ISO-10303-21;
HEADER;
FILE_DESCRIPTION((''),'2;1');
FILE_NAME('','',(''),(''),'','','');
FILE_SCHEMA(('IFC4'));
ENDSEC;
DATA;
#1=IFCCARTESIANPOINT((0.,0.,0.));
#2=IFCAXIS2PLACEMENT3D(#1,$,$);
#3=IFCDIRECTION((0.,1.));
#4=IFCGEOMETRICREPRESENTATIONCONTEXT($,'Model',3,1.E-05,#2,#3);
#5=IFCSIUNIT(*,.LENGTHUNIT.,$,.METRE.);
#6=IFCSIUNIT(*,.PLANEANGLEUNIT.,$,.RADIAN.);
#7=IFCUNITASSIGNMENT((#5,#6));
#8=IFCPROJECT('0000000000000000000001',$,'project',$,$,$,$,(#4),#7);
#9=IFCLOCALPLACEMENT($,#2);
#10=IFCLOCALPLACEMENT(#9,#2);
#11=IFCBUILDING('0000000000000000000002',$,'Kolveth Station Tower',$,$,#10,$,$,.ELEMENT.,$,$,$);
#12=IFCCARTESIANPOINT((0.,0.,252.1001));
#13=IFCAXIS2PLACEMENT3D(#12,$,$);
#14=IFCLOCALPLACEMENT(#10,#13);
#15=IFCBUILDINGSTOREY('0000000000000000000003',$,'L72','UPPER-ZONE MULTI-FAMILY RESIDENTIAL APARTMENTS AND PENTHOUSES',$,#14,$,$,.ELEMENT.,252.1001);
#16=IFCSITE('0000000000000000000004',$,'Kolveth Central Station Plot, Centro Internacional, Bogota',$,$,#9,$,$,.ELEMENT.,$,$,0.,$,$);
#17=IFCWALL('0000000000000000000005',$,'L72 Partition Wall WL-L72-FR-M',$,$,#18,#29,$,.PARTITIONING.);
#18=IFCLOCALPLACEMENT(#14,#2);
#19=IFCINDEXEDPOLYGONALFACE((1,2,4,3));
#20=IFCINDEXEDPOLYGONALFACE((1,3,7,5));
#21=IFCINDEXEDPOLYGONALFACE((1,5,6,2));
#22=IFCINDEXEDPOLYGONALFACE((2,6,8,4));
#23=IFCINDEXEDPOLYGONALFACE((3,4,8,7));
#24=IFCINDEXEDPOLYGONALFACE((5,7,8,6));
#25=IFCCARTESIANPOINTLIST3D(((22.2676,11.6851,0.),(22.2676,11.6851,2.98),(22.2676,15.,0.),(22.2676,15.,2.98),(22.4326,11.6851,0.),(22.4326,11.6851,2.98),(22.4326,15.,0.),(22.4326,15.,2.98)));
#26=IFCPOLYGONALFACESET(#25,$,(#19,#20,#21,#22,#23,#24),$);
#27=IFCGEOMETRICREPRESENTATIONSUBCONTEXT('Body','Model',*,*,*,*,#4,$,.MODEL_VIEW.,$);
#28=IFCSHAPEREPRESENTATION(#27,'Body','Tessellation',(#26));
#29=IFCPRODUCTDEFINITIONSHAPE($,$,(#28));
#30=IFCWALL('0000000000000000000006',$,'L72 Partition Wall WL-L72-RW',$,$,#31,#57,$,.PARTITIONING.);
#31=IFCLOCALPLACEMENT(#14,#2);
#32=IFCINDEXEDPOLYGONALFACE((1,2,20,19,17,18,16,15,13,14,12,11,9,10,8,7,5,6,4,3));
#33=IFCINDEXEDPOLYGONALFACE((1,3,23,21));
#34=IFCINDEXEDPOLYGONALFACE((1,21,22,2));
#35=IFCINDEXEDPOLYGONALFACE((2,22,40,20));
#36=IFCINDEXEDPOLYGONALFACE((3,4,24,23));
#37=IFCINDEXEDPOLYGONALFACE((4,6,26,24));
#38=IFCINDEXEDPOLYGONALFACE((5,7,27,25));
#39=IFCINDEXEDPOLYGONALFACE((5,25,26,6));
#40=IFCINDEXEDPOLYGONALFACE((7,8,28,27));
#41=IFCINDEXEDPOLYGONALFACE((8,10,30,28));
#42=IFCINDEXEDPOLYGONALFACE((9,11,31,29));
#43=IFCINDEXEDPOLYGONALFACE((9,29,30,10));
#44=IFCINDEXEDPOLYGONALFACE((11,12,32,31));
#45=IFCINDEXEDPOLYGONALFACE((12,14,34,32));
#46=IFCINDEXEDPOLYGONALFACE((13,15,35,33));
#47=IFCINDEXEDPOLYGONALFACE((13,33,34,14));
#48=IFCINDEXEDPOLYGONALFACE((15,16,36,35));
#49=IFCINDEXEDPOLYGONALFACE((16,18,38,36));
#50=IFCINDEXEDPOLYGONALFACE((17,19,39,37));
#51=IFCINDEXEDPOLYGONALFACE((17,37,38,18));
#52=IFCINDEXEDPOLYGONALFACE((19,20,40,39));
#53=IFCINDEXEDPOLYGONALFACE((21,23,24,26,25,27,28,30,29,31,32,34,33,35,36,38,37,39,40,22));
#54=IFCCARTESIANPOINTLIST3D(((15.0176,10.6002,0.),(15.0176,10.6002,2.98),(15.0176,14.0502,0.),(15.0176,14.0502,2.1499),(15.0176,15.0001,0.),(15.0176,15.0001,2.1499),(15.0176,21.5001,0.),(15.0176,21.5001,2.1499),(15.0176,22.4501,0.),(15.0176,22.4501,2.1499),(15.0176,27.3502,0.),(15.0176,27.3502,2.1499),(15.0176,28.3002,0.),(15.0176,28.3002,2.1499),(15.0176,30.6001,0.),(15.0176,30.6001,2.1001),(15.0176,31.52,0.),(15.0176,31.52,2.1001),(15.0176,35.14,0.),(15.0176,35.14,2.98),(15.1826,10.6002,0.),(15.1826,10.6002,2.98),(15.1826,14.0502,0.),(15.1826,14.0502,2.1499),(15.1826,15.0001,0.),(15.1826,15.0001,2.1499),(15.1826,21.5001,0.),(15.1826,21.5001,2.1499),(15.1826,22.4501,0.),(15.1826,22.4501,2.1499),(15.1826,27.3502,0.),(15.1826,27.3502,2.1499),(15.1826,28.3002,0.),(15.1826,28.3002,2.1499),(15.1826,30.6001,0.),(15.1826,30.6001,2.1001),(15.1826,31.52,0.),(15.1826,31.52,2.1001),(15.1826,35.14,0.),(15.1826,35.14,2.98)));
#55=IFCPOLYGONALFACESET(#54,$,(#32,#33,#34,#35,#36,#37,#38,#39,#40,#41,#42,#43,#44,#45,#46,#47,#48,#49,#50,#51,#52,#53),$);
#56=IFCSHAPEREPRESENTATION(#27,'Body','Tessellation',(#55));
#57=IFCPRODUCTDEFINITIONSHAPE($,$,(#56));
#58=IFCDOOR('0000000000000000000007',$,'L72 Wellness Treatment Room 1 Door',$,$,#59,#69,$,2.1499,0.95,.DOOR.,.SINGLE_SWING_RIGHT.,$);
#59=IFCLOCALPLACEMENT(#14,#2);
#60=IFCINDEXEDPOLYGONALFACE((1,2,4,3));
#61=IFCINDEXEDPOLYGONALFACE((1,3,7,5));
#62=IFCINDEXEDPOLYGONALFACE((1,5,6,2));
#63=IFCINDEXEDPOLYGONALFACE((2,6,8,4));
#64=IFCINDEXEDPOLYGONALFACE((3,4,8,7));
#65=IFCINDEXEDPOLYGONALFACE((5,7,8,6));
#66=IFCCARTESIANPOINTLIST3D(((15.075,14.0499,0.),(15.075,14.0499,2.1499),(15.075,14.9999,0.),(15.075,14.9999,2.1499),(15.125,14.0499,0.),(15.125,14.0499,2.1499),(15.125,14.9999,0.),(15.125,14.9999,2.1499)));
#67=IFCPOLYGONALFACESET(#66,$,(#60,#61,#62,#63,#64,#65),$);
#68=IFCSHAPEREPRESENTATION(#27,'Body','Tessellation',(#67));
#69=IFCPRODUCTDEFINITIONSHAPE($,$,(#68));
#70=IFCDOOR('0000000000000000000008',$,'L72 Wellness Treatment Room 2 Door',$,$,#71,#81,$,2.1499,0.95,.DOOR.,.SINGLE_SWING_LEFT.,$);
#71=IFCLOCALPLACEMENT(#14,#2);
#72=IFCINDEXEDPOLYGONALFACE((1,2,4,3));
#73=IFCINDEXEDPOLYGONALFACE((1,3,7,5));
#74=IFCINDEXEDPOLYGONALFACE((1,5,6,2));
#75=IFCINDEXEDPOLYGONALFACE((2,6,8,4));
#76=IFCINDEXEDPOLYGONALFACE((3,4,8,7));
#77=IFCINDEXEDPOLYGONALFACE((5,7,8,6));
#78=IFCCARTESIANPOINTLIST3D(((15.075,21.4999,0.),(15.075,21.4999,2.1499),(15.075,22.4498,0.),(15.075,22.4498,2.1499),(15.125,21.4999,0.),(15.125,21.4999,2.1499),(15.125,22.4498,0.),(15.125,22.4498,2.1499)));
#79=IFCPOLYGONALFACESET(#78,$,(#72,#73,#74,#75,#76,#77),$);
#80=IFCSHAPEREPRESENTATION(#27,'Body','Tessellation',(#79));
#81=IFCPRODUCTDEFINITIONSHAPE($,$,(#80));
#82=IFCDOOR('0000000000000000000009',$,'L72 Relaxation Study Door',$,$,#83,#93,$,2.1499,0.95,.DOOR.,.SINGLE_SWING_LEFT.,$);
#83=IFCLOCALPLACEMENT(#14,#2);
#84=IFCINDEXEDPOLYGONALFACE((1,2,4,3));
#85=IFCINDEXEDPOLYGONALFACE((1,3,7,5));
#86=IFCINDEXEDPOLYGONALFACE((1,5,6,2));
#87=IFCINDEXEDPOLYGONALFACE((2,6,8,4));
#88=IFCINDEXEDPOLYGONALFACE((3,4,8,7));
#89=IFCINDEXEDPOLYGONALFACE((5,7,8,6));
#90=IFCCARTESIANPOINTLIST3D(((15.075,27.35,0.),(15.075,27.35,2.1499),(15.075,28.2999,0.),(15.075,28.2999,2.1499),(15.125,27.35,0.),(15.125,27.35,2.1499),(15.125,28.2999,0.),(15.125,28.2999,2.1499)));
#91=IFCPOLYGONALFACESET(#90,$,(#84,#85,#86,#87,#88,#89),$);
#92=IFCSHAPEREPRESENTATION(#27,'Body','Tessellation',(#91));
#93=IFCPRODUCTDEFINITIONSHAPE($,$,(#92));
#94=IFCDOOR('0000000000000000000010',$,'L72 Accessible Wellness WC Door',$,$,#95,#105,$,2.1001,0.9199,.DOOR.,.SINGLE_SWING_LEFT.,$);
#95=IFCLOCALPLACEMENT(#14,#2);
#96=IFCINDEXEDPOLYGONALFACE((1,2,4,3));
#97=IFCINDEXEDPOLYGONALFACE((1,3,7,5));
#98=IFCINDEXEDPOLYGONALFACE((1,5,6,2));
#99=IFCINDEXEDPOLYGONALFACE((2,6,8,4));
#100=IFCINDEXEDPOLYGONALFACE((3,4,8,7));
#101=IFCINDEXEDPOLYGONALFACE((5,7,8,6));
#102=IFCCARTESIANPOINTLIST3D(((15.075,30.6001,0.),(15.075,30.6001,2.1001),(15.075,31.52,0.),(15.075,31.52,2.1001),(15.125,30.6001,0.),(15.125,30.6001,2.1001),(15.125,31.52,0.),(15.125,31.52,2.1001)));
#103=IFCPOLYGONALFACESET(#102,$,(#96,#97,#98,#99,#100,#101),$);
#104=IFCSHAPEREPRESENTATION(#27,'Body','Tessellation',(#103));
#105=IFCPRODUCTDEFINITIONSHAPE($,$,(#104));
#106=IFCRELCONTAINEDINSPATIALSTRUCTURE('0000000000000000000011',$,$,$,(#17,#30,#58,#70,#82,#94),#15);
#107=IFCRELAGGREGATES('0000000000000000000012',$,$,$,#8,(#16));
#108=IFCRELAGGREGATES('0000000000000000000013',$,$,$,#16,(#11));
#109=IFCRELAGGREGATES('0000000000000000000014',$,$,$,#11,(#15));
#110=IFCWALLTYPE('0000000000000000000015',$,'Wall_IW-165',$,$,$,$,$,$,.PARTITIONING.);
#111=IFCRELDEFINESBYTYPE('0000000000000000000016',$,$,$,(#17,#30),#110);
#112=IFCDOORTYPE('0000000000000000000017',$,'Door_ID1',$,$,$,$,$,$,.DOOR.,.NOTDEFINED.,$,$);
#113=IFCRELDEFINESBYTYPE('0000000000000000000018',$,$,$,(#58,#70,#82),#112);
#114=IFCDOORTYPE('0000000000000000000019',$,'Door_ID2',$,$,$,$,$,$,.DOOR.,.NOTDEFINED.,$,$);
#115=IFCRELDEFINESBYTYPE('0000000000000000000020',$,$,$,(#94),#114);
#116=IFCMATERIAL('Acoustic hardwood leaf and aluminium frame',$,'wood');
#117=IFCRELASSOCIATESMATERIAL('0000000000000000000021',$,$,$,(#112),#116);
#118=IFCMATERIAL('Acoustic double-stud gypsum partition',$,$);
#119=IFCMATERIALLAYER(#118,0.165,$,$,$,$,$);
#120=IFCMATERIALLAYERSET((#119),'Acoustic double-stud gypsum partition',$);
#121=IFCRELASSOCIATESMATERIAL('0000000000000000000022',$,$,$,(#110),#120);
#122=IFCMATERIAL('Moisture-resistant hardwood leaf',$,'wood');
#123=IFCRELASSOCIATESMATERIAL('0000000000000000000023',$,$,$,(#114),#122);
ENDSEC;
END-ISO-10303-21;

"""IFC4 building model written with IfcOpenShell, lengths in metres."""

from ifc_helpers import new_model, si_unit, direction, frame, frame_2d, origin, place, context, subcontext, project, spatial, rectangle, extrude, material, layer, layer_set, type_object, element, fill, save


model = new_model("IFC4")

# Units and contexts
model_context = context("Model", 3, precision=1e-05, world=origin(), true_north=direction((0.0, 1.0)))
body_context = subcontext(model_context, "Body", "Model", "MODEL_VIEW")
ifc_project = project(units=[si_unit("LENGTHUNIT", "METRE"), si_unit("PLANEANGLEUNIT", "RADIAN")], contexts=[model_context])

# Site, building, storey
site_placement = place(None, origin())
site = spatial("IfcSite", under=ifc_project, at=site_placement, Name="Kolveth Central Station Plot, Centro Internacional, Bogota", CompositionType="ELEMENT", RefElevation=0.0)
building_placement = place(site_placement, origin())
building = spatial("IfcBuilding", under=site, at=building_placement, Name="Kolveth Station Tower", CompositionType="ELEMENT")
storey_placement = place(building_placement, frame((0.0, 0.0, 252.1001)))
storey = spatial("IfcBuildingStorey", under=building, at=storey_placement, Name="L72", Description="UPPER-ZONE MULTI-FAMILY RESIDENTIAL APARTMENTS AND PENTHOUSES", CompositionType="ELEMENT", Elevation=252.1001)

# Shared definitions
ifc_material_1 = material(Name="Acoustic hardwood leaf and aluminium frame", Category="wood")
door_type_1 = type_object("IfcDoorType", Name="Door_ID1", OperationType="NOTDEFINED", PredefinedType="DOOR", material=ifc_material_1)

# Wall
ifc_material_2 = material(Name="Acoustic double-stud gypsum partition")
ifc_layer_1 = layer(ifc_material_2, 0.165)
ifc_layer_set_1 = layer_set([ifc_layer_1], Name="Acoustic double-stud gypsum partition")
wall_type_1 = type_object("IfcWallType", Name="Wall_IW-165", PredefinedType="PARTITIONING", material=ifc_layer_set_1)
wall_1_placement = place(storey_placement, frame((22.3501, 11.6851, 0.0), z_axis=(0.0, 0.0, 1.0), x_axis=(0.0, 1.0, 0.0)))
element("IfcWall", 1, at=wall_1_placement, inside=storey, type_object=wall_type_1, Name="L72 Partition Wall WL-L72-FR-M", PredefinedType="PARTITIONING", context=body_context, shape_type="SweptSolid", body=[
    extrude(rectangle(XDim=3.3149, YDim=0.165, at=frame_2d((1.6575, 0.0))), origin(), (0.0, 0.0, 1.0), 2.98),
])

# Wall, openings, doors
wall_2_placement = place(storey_placement, frame((15.1001, 10.6001, 0.0), z_axis=(0.0, 0.0, 1.0), x_axis=(0.0, 1.0, 0.0)))
wall_2 = element("IfcWall", 2, at=wall_2_placement, inside=storey, type_object=wall_type_1, Name="L72 Partition Wall WL-L72-RW", PredefinedType="PARTITIONING", context=body_context, shape_type="SweptSolid", body=[
    extrude(rectangle(XDim=24.5398, YDim=0.165, at=frame_2d((12.27, 0.0))), origin(), (0.0, 0.0, 1.0), 2.98),
])
opening_1_placement = place(wall_2_placement, frame((3.45, 0.0, 0.0)))
opening_1 = element("IfcOpeningElement", 3, at=opening_1_placement, cuts=wall_2, PredefinedType="OPENING", context=body_context, shape_type="SweptSolid", body=[
    extrude(rectangle(XDim=0.95, YDim=2.1499, at=frame_2d((0.4751, 1.075))), frame((0.0, 0.0925, 0.0), z_axis=(0.0, -1.0, 0.0), x_axis=(1.0, 0.0, 0.0)), (0.0, 0.0, 1.0), 0.1851),
])
opening_2_placement = place(wall_2_placement, frame((10.8999, 0.0, 0.0)))
opening_2 = element("IfcOpeningElement", 4, at=opening_2_placement, cuts=wall_2, PredefinedType="OPENING", context=body_context, shape_type="SweptSolid", body=[
    extrude(rectangle(XDim=0.95, YDim=2.1499, at=frame_2d((0.4751, 1.075))), frame((0.0, 0.0925, 0.0), z_axis=(0.0, -1.0, 0.0), x_axis=(1.0, 0.0, 0.0)), (0.0, 0.0, 1.0), 0.1851),
])
opening_3_placement = place(wall_2_placement, frame((16.75, 0.0, 0.0)))
opening_3 = element("IfcOpeningElement", 5, at=opening_3_placement, cuts=wall_2, PredefinedType="OPENING", context=body_context, shape_type="SweptSolid", body=[
    extrude(rectangle(XDim=0.95, YDim=2.1499, at=frame_2d((0.4751, 1.075))), frame((0.0, 0.0925, 0.0), z_axis=(0.0, -1.0, 0.0), x_axis=(1.0, 0.0, 0.0)), (0.0, 0.0, 1.0), 0.1851),
])
opening_4_placement = place(wall_2_placement, frame((20.0, 0.0, 0.0)))
opening_4 = element("IfcOpeningElement", 6, at=opening_4_placement, cuts=wall_2, PredefinedType="OPENING", context=body_context, shape_type="SweptSolid", body=[
    extrude(rectangle(XDim=0.9199, YDim=2.1001, at=frame_2d((0.46, 1.05))), frame((0.0, 0.0925, 0.0), z_axis=(0.0, -1.0, 0.0), x_axis=(1.0, 0.0, 0.0)), (0.0, 0.0, 1.0), 0.1851),
])
door_1_placement = place(opening_1_placement, frame((0.95, 0.0, 0.0), z_axis=(0.0, 0.0, 1.0), x_axis=(-1.0, 0.0, 0.0)))
door_1 = element("IfcDoor", 7, at=door_1_placement, inside=storey, type_object=door_type_1, Name="L72 Wellness Treatment Room 1 Door", OperationType="SINGLE_SWING_RIGHT", OverallHeight=2.1499, OverallWidth=0.95, PredefinedType="DOOR", context=body_context, shape_type="SweptSolid", body=[
    extrude(rectangle(XDim=0.95, YDim=2.1499, at=frame_2d((0.4751, 1.075))), frame((0.0, 0.0249, 0.0), z_axis=(0.0, -1.0, 0.0), x_axis=(1.0, 0.0, 0.0)), (0.0, 0.0, 1.0), 0.05),
])
fill(opening_1, door_1)
door_2_placement = place(opening_2_placement, frame((0.95, 0.0, 0.0), z_axis=(0.0, 0.0, 1.0), x_axis=(-1.0, 0.0, 0.0)))
door_2 = element("IfcDoor", 8, at=door_2_placement, inside=storey, type_object=door_type_1, Name="L72 Wellness Treatment Room 2 Door", OperationType="SINGLE_SWING_LEFT", OverallHeight=2.1499, OverallWidth=0.95, PredefinedType="DOOR", context=body_context, shape_type="SweptSolid", body=[
    extrude(rectangle(XDim=0.95, YDim=2.1499, at=frame_2d((0.4751, 1.075))), frame((0.0, 0.0249, 0.0), z_axis=(0.0, -1.0, 0.0), x_axis=(1.0, 0.0, 0.0)), (0.0, 0.0, 1.0), 0.05),
])
fill(opening_2, door_2)
door_3_placement = place(opening_3_placement, frame((0.95, 0.0, 0.0), z_axis=(0.0, 0.0, 1.0), x_axis=(-1.0, 0.0, 0.0)))
door_3 = element("IfcDoor", 9, at=door_3_placement, inside=storey, type_object=door_type_1, Name="L72 Relaxation Study Door", OperationType="SINGLE_SWING_LEFT", OverallHeight=2.1499, OverallWidth=0.95, PredefinedType="DOOR", context=body_context, shape_type="SweptSolid", body=[
    extrude(rectangle(XDim=0.95, YDim=2.1499, at=frame_2d((0.4751, 1.075))), frame((0.0, 0.0249, 0.0), z_axis=(0.0, -1.0, 0.0), x_axis=(1.0, 0.0, 0.0)), (0.0, 0.0, 1.0), 0.05),
])
fill(opening_3, door_3)
ifc_material_3 = material(Name="Moisture-resistant hardwood leaf", Category="wood")
door_type_2 = type_object("IfcDoorType", Name="Door_ID2", OperationType="NOTDEFINED", PredefinedType="DOOR", material=ifc_material_3)
door_4_placement = place(opening_4_placement, frame((0.9199, 0.0, 0.0), z_axis=(0.0, 0.0, 1.0), x_axis=(-1.0, 0.0, 0.0)))
door_4 = element("IfcDoor", 10, at=door_4_placement, inside=storey, type_object=door_type_2, Name="L72 Accessible Wellness WC Door", OperationType="SINGLE_SWING_LEFT", OverallHeight=2.1001, OverallWidth=0.9199, PredefinedType="DOOR", context=body_context, shape_type="SweptSolid", body=[
    extrude(rectangle(XDim=0.9199, YDim=2.1001, at=frame_2d((0.46, 1.05))), frame((0.0, 0.0249, 0.0), z_axis=(0.0, -1.0, 0.0), x_axis=(1.0, 0.0, 0.0)), (0.0, 0.0, 1.0), 0.05),
])
fill(opening_4, door_4)

save(model, "model.ifc")
